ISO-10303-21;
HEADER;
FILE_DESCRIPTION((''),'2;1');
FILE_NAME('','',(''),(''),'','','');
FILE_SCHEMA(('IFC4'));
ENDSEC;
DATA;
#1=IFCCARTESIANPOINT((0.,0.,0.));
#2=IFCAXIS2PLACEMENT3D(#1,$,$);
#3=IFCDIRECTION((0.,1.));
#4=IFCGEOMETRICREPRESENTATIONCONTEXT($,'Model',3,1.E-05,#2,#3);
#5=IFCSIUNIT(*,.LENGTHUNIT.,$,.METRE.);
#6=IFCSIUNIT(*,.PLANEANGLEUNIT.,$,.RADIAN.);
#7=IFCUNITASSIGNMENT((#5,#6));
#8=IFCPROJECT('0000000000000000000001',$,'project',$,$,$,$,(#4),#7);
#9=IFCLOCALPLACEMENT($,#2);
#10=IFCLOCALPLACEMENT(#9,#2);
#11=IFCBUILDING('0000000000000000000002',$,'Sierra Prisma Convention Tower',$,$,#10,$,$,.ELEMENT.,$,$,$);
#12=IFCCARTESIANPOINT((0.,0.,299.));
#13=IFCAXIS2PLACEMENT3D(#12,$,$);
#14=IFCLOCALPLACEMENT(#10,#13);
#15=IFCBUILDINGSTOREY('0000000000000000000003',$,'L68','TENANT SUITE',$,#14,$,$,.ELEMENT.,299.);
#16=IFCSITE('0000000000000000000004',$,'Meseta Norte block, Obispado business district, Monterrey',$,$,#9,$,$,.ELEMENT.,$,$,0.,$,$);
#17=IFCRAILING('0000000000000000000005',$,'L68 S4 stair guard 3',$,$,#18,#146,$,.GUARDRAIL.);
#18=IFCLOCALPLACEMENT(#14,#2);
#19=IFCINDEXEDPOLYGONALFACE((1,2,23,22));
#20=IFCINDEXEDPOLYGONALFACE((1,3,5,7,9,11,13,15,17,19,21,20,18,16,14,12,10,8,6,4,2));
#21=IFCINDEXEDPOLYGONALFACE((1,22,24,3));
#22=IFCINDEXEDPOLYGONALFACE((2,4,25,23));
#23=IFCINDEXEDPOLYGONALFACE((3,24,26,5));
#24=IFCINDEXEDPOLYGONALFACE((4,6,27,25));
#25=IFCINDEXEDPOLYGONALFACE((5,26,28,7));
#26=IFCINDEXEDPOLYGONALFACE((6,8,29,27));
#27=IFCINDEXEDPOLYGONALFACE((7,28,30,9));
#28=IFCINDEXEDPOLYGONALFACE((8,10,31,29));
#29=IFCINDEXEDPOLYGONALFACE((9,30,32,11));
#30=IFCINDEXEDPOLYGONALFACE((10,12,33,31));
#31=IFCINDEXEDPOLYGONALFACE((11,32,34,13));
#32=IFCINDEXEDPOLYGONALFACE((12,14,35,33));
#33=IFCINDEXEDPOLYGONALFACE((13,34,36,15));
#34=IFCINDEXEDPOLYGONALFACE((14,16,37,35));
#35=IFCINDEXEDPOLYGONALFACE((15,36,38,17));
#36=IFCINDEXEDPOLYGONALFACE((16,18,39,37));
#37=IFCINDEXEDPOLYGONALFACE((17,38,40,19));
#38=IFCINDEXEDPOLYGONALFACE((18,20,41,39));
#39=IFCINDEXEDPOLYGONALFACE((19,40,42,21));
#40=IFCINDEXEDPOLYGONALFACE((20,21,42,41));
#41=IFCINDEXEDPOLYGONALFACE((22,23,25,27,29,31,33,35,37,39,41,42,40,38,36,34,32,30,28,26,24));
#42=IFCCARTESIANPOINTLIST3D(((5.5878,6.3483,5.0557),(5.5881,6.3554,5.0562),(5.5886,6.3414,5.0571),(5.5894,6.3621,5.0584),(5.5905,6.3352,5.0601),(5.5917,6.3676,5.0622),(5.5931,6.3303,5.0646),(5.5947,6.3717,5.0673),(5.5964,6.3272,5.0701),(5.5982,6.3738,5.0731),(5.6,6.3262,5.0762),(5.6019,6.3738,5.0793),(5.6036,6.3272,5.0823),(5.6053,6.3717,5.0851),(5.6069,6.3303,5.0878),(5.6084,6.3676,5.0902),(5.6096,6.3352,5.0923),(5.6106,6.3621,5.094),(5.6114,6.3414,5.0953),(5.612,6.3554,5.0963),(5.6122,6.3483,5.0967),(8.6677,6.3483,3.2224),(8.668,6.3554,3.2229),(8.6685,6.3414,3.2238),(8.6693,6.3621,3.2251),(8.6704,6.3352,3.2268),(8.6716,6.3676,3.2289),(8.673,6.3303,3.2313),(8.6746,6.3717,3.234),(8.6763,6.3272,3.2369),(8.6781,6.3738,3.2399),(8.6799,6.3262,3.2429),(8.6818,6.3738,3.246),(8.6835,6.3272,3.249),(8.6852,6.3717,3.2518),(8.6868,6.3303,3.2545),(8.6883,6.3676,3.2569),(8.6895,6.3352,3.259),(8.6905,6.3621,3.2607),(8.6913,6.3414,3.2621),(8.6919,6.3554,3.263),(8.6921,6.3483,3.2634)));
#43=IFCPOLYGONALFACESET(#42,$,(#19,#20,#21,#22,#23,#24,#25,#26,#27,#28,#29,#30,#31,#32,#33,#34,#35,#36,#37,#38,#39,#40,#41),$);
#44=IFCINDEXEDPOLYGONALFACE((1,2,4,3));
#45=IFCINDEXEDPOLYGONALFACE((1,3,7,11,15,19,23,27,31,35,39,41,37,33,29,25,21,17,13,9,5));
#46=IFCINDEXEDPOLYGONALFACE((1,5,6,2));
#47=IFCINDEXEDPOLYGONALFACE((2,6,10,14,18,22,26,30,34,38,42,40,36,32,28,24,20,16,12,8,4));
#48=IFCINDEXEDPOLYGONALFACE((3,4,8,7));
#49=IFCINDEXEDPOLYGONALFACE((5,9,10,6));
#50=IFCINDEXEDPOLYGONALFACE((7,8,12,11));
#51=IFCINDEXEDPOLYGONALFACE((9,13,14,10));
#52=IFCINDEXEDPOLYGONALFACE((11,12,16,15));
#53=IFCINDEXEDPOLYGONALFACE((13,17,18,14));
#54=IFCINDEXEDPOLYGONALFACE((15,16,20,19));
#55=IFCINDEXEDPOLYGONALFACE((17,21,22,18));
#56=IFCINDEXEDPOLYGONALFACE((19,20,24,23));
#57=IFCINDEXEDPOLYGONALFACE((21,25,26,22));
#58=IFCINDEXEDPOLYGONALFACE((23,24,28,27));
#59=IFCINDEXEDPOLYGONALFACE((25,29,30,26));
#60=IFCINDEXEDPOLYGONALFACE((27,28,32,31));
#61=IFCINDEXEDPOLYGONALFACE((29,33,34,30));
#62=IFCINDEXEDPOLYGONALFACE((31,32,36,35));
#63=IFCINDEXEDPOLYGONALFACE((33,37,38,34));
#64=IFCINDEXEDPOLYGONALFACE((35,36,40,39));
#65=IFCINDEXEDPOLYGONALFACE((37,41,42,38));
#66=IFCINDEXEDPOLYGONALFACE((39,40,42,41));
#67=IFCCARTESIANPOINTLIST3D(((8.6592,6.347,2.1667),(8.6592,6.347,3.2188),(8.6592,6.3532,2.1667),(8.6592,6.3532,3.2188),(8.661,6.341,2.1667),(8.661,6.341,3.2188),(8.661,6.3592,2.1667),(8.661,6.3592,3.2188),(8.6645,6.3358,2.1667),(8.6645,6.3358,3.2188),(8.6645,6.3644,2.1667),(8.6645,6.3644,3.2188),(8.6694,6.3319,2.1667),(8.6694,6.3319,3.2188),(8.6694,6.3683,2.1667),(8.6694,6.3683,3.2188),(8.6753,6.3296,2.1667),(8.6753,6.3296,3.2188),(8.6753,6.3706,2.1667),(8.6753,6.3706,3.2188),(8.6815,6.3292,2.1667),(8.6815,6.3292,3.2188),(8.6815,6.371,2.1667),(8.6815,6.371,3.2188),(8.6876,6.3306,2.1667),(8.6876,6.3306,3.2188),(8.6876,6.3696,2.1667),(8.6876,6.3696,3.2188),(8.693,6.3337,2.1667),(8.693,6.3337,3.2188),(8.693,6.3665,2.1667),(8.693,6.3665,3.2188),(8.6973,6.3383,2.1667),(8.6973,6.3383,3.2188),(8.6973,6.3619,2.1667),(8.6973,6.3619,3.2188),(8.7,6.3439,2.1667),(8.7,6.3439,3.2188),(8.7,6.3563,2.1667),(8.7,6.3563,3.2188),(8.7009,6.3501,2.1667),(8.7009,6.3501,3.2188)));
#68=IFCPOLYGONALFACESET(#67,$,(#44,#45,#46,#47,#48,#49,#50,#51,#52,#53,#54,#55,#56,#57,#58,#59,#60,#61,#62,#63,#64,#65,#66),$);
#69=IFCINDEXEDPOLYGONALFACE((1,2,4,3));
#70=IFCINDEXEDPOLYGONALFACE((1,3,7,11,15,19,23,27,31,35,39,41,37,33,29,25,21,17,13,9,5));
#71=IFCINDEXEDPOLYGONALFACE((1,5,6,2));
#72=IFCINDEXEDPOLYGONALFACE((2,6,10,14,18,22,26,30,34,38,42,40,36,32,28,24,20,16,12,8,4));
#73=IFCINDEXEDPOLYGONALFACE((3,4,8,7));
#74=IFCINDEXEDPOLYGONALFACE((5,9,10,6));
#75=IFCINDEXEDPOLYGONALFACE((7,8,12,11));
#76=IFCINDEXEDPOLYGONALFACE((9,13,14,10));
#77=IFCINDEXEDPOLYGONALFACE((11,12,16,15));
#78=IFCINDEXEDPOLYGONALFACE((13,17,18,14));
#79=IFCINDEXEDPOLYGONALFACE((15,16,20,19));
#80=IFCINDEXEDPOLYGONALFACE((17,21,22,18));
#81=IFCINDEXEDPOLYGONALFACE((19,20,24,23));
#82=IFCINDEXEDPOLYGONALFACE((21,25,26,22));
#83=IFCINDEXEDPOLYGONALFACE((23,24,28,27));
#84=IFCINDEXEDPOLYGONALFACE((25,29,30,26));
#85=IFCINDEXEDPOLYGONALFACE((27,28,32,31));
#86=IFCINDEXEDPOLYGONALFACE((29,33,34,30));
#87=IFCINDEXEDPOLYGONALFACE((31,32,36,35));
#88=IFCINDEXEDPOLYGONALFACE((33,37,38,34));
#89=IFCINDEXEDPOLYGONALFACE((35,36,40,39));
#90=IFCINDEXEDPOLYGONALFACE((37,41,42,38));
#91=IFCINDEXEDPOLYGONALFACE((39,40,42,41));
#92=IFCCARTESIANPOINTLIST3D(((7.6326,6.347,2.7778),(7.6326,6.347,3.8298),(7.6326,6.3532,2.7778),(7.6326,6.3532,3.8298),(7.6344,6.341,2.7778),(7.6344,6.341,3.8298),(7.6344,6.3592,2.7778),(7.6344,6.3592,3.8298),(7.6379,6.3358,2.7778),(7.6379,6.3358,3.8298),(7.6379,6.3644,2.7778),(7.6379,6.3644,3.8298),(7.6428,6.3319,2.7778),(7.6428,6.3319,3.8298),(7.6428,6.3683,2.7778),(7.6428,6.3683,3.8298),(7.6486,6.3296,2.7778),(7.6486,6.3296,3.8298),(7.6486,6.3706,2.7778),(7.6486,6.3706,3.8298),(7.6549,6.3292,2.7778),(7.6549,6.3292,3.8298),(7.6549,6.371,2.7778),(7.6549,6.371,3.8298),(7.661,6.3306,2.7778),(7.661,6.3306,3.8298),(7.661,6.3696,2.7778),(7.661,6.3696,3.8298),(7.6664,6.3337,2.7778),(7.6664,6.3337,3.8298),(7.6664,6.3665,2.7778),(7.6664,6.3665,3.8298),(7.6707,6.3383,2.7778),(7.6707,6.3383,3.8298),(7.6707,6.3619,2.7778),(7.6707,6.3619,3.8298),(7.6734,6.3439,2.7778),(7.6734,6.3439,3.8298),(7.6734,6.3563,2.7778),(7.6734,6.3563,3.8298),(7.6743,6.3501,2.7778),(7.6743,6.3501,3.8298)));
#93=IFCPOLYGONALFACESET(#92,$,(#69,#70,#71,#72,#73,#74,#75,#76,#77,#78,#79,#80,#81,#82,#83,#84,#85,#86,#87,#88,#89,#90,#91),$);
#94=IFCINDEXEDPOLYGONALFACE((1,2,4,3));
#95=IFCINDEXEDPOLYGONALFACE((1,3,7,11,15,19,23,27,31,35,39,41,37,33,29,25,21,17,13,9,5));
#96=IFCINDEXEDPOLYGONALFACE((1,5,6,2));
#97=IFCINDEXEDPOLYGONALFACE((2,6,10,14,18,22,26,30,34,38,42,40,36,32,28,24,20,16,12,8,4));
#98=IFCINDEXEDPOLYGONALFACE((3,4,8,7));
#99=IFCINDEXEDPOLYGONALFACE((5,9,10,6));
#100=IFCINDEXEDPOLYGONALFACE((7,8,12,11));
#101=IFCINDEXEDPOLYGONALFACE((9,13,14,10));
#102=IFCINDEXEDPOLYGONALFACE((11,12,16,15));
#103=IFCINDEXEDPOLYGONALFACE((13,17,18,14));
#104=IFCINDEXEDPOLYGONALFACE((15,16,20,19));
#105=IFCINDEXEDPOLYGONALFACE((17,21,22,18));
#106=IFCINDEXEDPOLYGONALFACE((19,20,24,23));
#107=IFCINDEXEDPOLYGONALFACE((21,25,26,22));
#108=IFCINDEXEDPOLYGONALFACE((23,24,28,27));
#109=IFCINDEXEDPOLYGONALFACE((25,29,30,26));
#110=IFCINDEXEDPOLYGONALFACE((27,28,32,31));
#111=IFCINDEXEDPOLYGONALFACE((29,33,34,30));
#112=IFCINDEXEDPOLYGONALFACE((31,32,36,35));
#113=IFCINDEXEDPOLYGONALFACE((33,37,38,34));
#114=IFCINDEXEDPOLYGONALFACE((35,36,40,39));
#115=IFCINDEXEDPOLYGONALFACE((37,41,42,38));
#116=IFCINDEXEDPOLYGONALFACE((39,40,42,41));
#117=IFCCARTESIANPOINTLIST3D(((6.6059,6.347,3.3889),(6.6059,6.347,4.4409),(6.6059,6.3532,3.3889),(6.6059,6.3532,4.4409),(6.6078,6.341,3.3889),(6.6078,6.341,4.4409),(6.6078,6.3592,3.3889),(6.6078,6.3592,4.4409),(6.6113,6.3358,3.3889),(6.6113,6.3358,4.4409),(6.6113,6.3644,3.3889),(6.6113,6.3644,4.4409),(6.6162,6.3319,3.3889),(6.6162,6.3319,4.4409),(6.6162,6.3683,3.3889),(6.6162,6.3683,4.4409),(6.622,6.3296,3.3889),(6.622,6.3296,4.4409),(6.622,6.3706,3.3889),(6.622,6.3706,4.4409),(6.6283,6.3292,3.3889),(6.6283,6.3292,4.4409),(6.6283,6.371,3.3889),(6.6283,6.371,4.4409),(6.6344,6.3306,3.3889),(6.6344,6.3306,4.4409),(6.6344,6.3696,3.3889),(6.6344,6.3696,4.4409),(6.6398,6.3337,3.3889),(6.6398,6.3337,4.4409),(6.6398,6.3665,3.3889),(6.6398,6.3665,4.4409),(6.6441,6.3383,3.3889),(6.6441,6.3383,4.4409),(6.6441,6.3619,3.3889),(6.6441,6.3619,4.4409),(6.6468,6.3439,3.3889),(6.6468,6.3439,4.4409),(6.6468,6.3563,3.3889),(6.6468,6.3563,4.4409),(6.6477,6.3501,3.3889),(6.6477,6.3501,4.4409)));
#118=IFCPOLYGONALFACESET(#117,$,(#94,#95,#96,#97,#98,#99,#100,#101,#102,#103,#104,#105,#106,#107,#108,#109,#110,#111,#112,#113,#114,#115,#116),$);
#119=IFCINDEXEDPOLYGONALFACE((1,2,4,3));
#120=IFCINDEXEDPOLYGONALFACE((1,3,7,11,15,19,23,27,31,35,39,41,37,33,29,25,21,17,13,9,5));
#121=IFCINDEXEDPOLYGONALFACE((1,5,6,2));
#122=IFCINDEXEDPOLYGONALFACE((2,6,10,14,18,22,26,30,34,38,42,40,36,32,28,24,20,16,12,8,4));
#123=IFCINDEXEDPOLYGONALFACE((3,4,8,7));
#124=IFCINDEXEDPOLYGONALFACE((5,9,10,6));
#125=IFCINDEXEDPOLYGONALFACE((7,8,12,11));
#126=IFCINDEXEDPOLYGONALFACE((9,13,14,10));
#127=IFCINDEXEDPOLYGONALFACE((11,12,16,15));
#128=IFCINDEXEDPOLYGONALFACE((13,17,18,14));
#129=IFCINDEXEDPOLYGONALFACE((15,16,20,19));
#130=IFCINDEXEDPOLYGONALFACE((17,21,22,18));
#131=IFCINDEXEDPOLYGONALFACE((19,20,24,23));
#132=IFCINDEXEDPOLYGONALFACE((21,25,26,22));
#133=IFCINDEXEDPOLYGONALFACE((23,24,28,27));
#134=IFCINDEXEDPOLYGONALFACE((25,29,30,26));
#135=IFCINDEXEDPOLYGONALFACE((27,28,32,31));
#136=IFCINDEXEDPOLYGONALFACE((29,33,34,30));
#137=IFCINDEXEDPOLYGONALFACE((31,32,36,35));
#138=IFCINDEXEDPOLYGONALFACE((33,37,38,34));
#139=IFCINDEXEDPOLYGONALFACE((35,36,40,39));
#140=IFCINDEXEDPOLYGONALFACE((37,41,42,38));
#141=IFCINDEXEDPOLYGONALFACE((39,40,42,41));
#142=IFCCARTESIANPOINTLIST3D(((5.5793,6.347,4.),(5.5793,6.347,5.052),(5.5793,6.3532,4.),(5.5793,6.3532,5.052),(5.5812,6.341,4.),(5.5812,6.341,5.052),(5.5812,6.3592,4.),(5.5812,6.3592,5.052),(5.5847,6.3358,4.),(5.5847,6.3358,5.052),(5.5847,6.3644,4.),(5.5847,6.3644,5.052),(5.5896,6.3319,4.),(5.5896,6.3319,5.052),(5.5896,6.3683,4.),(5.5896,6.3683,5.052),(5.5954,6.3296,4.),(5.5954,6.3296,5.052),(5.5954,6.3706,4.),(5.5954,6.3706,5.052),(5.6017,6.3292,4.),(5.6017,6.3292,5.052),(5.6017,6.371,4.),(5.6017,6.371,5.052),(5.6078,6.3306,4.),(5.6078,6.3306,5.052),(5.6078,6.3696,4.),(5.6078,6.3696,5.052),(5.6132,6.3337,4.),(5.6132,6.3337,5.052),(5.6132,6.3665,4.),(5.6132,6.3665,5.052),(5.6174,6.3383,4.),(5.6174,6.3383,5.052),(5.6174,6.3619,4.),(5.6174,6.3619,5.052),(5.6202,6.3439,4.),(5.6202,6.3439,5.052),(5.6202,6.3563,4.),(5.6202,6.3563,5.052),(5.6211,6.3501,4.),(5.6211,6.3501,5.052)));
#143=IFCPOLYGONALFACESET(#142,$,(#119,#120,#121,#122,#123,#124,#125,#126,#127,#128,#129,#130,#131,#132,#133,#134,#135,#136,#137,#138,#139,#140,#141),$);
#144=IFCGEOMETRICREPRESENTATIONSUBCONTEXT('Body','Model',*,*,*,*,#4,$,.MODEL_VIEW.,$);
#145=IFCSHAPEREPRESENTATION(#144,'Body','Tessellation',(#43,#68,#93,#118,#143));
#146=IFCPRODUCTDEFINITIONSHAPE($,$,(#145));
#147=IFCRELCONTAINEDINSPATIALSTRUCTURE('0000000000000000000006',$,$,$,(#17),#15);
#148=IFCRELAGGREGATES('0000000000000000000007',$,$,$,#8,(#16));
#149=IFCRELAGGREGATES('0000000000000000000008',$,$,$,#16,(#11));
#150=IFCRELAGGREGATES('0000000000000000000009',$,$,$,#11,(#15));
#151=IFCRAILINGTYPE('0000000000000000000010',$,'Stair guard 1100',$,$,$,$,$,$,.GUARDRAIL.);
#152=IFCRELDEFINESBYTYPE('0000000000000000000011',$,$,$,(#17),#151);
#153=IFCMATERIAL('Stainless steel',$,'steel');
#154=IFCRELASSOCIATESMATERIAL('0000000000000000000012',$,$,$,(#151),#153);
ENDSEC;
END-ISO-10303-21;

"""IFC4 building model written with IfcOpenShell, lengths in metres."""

from ifc_helpers import new_model, si_unit, direction, frame, origin, origin_2d, place, context, subcontext, project, spatial, circle, extrude, material, type_object, element, save


model = new_model("IFC4")

# Units and contexts
model_context = context("Model", 3, precision=1e-05, world=origin(), true_north=direction((0.0, 1.0)))
body_context = subcontext(model_context, "Body", "Model", "MODEL_VIEW")
ifc_project = project(units=[si_unit("LENGTHUNIT", "METRE"), si_unit("PLANEANGLEUNIT", "RADIAN")], contexts=[model_context])

# Site, building, storey
site_placement = place(None, origin())
site = spatial("IfcSite", under=ifc_project, at=site_placement, Name="Meseta Norte block, Obispado business district, Monterrey", CompositionType="ELEMENT", RefElevation=0.0)
building_placement = place(site_placement, origin())
building = spatial("IfcBuilding", under=site, at=building_placement, Name="Sierra Prisma Convention Tower", CompositionType="ELEMENT")
storey_placement = place(building_placement, frame((0.0, 0.0, 299.0)))
storey = spatial("IfcBuildingStorey", under=building, at=storey_placement, Name="L68", Description="TENANT SUITE", CompositionType="ELEMENT", Elevation=299.0)

# Railing
ifc_material_1 = material(Name="Stainless steel", Category="steel")
railing_type_1 = type_object("IfcRailingType", Name="Stair guard 1100", PredefinedType="GUARDRAIL", material=ifc_material_1)
railing_1_placement = place(storey_placement, frame((8.6799, 6.3501, 2.1667)))
element("IfcRailing", 1, at=railing_1_placement, inside=storey, type_object=railing_type_1, Name="L68 S4 stair guard 3", PredefinedType="GUARDRAIL", context=body_context, shape_type="SweptSolid", body=[
    extrude(circle(Radius=0.0239, at=origin_2d()), frame((0.0, 0.0, 1.0762), z_axis=(-0.859291, 0.0, 0.511487), x_axis=(0.0, -1.0, 0.0)), (0.0, 0.0, 1.0), 3.5842),
    extrude(circle(Radius=0.021, at=origin_2d()), origin(), (0.0, 0.0, 1.0), 1.052),
    extrude(circle(Radius=0.021, at=origin_2d()), frame((-1.0266, 0.0, 0.6111)), (0.0, 0.0, 1.0), 1.052),
    extrude(circle(Radius=0.021, at=origin_2d()), frame((-2.0532, 0.0, 1.2222)), (0.0, 0.0, 1.0), 1.052),
    extrude(circle(Radius=0.021, at=origin_2d()), frame((-3.0798, 0.0, 1.8333)), (0.0, 0.0, 1.0), 1.052),
])

save(model, "model.ifc")
